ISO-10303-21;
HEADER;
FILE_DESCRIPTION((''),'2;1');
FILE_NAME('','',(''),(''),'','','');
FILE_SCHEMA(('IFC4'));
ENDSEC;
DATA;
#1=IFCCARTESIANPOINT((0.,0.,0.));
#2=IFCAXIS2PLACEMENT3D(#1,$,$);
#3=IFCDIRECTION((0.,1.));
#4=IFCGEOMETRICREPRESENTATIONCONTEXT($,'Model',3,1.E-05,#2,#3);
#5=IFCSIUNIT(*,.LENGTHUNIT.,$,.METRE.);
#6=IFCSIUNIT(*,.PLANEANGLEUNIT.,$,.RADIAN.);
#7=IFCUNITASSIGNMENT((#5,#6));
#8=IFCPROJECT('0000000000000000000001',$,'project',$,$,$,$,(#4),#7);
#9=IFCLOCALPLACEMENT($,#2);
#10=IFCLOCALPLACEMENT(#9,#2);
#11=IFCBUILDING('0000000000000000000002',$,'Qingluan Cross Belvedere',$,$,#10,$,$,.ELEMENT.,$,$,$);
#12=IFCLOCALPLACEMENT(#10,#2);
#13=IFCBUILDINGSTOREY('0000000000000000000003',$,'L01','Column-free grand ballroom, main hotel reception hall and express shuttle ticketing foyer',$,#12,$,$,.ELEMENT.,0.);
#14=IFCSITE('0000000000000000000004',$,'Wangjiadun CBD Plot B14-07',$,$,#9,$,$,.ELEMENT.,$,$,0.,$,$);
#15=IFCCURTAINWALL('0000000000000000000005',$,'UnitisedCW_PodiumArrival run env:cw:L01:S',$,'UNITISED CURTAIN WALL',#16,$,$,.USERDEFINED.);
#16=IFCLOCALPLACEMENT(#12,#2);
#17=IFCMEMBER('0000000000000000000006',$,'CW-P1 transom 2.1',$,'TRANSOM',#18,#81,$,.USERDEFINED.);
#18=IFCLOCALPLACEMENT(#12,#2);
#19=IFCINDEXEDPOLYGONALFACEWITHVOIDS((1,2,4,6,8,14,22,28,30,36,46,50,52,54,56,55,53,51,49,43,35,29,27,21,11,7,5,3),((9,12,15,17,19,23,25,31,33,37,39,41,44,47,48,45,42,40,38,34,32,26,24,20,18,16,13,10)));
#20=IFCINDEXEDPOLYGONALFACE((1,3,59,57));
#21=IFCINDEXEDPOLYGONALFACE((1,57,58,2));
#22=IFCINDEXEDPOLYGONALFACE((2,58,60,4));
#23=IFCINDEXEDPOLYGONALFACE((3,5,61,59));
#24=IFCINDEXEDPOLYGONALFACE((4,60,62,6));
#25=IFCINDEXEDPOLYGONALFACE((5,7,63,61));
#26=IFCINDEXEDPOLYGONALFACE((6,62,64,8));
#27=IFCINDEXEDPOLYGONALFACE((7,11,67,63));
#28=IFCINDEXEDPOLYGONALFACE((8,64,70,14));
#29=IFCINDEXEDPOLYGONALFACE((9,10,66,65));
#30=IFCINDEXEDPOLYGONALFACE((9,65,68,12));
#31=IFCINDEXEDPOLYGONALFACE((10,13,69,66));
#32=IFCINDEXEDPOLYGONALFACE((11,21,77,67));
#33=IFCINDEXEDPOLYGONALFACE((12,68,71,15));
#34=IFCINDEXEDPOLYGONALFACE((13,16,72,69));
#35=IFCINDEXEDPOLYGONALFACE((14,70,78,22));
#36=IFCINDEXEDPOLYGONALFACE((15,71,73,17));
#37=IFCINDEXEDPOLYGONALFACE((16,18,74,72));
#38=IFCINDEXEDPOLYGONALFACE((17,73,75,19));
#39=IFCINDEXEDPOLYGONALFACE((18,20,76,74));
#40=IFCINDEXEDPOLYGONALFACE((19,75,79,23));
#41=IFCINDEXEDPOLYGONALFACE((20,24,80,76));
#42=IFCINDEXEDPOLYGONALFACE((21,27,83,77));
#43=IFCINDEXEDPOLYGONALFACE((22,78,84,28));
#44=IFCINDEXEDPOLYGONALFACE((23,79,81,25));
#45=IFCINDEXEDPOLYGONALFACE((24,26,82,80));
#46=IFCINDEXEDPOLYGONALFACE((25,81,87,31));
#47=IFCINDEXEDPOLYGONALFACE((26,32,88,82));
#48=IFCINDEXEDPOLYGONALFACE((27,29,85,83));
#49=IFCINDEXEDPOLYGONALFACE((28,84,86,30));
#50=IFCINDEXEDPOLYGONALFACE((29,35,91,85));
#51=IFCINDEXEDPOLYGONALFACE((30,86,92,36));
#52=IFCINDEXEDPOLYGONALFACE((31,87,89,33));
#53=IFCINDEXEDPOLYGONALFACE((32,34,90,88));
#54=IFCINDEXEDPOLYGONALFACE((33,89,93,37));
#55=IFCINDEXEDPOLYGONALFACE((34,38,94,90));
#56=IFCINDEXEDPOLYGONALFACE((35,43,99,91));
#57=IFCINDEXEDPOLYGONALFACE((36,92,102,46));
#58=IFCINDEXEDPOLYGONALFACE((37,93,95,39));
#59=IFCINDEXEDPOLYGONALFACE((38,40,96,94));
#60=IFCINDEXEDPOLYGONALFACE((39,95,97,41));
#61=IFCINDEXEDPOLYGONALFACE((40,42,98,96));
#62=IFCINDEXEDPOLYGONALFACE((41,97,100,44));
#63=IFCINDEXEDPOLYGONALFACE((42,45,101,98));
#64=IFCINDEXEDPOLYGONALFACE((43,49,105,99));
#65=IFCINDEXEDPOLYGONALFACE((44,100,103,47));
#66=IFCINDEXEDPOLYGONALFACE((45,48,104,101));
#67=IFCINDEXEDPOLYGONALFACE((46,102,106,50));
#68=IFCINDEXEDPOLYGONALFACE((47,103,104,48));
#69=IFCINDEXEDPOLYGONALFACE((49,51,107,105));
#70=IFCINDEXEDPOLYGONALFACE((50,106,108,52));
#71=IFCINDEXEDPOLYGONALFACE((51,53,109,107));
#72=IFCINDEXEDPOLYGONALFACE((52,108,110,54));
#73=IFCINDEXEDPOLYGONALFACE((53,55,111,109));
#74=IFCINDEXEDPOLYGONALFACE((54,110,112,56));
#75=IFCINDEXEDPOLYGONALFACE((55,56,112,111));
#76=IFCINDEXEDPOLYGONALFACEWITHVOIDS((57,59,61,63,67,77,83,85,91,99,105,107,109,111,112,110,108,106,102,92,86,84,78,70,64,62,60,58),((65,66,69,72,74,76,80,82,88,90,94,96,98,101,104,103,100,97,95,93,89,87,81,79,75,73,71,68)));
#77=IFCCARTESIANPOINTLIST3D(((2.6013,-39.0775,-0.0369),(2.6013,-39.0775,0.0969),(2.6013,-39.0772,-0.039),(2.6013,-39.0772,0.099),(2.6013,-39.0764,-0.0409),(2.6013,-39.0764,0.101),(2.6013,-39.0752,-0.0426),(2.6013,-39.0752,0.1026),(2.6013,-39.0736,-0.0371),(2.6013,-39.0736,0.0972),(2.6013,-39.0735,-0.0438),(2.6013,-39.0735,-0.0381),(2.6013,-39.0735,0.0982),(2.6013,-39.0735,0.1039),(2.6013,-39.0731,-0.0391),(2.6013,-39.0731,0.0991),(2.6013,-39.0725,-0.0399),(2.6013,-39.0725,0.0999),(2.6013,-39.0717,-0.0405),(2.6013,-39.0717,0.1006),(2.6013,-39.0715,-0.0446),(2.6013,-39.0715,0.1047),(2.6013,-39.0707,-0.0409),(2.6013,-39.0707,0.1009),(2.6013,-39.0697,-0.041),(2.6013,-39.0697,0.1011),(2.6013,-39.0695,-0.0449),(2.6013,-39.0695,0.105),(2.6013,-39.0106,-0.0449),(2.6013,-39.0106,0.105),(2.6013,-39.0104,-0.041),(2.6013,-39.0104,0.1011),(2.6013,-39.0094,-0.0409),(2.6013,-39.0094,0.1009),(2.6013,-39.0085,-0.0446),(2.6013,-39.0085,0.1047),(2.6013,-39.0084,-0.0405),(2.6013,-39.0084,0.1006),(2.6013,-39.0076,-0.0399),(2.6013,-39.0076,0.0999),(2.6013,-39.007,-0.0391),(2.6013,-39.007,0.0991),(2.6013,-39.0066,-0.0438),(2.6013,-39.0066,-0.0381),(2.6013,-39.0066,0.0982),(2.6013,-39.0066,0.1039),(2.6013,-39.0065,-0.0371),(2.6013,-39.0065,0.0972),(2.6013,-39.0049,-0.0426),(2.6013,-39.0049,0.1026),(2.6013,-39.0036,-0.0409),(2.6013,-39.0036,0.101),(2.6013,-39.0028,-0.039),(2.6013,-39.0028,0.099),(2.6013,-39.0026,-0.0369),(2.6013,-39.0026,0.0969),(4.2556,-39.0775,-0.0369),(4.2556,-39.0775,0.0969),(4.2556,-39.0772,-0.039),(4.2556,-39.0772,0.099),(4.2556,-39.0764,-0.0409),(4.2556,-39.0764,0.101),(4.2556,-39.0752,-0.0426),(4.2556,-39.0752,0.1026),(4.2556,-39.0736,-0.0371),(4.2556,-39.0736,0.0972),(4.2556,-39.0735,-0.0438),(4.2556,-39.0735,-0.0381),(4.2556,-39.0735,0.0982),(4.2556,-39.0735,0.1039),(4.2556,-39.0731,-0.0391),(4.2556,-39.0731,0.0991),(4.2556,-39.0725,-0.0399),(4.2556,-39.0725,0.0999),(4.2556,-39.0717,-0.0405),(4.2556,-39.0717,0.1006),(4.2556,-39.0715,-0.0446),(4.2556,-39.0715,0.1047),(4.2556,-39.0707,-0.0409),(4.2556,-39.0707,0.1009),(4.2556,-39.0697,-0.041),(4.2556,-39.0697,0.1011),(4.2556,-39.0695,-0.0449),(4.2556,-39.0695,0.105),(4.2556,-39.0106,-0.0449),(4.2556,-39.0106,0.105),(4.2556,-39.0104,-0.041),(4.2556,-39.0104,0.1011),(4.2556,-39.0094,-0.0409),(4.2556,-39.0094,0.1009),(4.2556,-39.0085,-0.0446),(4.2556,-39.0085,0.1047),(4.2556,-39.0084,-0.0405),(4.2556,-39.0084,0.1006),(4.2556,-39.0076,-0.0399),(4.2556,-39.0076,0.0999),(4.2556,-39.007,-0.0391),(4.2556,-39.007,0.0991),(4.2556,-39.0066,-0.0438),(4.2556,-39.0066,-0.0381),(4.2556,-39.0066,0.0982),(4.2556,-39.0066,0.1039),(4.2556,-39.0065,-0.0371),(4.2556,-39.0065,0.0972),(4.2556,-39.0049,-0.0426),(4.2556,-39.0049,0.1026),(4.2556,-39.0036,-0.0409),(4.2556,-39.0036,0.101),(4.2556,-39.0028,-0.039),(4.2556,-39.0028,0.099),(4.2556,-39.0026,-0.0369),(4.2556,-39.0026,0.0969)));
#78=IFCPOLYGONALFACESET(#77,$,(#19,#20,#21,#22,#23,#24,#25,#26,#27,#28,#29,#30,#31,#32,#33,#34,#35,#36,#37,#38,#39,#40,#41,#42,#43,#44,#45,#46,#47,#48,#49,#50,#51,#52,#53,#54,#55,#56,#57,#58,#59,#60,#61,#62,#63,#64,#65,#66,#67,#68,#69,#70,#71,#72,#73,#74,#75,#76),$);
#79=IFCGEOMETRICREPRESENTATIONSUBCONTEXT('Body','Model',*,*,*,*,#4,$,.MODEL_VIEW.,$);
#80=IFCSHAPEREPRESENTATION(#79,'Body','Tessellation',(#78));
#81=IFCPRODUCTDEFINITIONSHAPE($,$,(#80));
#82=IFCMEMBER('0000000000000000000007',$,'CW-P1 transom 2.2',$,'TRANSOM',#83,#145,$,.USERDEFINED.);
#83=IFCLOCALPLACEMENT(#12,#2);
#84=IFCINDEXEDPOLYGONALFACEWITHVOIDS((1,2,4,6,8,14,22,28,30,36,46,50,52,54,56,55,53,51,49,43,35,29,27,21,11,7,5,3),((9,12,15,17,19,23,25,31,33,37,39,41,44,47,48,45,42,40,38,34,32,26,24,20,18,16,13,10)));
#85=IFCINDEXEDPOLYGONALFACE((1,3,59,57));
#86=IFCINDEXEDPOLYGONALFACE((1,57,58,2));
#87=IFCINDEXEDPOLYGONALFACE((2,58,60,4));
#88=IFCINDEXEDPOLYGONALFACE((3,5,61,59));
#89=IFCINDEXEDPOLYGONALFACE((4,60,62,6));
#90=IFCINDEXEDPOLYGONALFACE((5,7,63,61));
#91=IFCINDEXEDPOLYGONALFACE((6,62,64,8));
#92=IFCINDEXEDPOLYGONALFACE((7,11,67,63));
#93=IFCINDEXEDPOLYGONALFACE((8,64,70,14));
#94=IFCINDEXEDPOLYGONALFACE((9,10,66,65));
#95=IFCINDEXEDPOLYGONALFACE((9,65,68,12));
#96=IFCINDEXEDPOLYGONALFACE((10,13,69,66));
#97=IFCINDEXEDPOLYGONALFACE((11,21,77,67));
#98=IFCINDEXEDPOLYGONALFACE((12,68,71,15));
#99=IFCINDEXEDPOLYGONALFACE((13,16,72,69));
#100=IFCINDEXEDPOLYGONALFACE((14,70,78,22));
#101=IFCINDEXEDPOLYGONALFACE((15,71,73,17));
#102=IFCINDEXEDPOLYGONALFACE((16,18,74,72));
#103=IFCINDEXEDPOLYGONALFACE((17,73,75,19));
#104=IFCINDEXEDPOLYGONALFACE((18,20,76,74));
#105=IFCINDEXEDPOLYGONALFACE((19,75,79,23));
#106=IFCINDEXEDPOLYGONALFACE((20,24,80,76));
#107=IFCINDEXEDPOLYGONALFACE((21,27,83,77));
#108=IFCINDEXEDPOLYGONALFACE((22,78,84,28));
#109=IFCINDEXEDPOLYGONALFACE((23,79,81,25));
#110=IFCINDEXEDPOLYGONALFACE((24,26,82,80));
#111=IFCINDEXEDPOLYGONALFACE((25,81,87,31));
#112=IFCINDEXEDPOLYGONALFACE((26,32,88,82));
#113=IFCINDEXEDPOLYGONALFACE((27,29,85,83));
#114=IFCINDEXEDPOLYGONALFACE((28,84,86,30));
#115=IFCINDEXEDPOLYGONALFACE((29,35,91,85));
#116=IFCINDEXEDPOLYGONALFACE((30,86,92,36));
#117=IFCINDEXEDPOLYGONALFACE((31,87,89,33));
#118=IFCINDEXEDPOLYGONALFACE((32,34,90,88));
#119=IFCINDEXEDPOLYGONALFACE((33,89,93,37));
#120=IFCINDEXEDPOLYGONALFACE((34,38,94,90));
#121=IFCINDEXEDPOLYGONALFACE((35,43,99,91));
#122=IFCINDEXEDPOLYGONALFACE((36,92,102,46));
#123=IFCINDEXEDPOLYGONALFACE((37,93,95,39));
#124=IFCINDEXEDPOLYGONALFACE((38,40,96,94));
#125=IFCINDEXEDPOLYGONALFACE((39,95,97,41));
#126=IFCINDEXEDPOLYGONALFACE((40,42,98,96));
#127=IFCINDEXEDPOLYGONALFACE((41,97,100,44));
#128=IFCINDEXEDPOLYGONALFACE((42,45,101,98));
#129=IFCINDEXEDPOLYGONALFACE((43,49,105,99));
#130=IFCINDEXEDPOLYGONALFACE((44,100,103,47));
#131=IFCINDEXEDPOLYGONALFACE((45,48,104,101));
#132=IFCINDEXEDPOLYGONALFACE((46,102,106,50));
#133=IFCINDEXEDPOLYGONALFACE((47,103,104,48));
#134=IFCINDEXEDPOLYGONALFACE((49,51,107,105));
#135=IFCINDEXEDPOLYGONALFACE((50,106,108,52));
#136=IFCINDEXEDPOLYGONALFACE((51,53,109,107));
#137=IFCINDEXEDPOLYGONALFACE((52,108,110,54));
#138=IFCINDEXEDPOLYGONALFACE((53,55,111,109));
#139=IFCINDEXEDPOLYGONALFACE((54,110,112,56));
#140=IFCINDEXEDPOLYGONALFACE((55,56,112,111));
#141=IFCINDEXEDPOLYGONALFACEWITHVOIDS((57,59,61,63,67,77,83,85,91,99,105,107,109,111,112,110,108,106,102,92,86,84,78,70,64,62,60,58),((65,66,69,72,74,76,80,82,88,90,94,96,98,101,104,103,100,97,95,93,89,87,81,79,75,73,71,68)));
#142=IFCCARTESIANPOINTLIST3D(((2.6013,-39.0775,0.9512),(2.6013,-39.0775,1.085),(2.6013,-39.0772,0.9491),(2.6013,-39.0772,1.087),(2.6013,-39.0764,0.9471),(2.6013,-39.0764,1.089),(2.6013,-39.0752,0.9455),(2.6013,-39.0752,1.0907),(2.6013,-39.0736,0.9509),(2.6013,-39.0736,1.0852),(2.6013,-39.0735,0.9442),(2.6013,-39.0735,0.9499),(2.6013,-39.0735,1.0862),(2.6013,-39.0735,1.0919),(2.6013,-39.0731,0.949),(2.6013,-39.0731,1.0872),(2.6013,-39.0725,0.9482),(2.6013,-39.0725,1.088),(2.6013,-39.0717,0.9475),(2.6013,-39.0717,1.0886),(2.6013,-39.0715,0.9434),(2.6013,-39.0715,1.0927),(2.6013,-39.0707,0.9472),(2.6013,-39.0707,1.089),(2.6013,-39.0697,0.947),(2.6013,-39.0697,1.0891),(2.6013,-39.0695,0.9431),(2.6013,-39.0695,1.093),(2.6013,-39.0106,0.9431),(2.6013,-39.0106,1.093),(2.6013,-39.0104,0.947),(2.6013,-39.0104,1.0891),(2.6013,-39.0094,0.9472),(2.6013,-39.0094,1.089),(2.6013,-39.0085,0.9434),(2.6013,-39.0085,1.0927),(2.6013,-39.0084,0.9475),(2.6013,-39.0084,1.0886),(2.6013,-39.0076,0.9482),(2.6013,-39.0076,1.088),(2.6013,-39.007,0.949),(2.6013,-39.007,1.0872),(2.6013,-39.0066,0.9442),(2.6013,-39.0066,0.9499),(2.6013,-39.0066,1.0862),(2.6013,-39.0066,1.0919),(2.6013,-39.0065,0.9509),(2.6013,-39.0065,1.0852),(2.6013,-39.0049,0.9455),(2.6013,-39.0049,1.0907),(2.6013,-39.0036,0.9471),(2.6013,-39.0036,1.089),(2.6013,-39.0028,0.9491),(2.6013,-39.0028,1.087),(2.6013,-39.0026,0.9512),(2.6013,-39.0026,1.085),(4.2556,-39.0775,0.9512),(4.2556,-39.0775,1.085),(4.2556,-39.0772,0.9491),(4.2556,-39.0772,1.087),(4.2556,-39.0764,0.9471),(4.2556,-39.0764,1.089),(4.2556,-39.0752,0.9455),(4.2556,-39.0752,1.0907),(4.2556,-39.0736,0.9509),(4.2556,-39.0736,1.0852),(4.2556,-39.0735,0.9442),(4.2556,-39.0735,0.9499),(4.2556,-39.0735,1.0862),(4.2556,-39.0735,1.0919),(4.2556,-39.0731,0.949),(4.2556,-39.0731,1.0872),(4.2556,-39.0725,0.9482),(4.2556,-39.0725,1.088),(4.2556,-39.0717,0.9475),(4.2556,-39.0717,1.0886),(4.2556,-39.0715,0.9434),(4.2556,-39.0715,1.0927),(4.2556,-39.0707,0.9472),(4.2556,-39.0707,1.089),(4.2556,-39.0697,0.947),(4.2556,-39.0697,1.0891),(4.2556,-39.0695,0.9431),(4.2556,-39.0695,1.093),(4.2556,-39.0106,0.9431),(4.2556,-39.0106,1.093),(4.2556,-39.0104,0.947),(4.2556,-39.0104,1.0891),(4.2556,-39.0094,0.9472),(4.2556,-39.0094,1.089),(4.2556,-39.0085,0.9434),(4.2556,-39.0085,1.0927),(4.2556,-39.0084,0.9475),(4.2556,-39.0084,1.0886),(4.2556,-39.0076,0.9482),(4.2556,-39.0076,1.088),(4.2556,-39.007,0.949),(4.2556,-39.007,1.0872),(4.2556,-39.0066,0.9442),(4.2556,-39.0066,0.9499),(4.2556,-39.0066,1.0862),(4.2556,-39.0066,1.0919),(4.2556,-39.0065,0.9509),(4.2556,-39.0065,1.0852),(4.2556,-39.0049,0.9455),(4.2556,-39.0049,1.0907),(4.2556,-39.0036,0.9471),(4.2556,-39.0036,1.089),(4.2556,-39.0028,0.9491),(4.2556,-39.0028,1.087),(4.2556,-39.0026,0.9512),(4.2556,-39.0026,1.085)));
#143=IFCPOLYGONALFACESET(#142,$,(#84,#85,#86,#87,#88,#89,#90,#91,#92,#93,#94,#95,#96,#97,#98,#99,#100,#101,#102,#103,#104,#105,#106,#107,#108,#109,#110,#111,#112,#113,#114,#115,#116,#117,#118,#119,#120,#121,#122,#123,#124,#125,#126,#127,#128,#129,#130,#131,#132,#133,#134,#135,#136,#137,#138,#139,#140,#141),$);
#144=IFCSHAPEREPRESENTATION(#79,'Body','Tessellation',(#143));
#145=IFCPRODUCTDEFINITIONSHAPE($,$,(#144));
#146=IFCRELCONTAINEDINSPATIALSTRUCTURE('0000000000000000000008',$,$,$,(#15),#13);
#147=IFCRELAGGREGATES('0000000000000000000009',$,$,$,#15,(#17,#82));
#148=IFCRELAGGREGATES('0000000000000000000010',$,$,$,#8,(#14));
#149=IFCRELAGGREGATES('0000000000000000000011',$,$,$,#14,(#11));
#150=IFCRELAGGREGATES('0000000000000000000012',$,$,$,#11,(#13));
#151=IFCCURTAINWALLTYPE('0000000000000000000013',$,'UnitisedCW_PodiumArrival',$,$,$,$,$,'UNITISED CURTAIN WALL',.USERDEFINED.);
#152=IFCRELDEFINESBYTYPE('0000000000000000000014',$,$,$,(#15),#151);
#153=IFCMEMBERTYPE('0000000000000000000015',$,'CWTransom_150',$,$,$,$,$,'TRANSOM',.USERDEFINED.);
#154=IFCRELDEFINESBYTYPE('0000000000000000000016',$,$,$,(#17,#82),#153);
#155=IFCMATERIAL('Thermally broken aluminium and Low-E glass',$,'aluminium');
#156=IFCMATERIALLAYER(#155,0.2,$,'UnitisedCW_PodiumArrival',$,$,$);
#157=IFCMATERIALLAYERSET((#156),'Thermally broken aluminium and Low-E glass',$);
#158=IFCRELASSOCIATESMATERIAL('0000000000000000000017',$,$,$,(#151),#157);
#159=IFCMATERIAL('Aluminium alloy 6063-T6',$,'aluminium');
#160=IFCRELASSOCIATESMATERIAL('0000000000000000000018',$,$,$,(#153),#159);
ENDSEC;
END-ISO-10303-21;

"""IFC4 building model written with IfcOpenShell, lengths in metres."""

from ifc_helpers import new_model, si_unit, direction, frame, origin, origin_2d, place, context, subcontext, project, spatial, hollow_rectangle, extrude, material, layer, layer_set, material_profile, profile_set, type_object, element, aggregate, save


model = new_model("IFC4")

# Units and contexts
model_context = context("Model", 3, precision=1e-05, world=origin(), true_north=direction((0.0, 1.0)))
body_context = subcontext(model_context, "Body", "Model", "MODEL_VIEW")
ifc_project = project(units=[si_unit("LENGTHUNIT", "METRE"), si_unit("PLANEANGLEUNIT", "RADIAN")], contexts=[model_context])

# Site, building, storey
site_placement = place(None, origin())
site = spatial("IfcSite", under=ifc_project, at=site_placement, Name="Wangjiadun CBD Plot B14-07", CompositionType="ELEMENT", RefElevation=0.0)
building_placement = place(site_placement, origin())
building = spatial("IfcBuilding", under=site, at=building_placement, Name="Qingluan Cross Belvedere", CompositionType="ELEMENT")
storey_placement = place(building_placement, origin())
storey = spatial("IfcBuildingStorey", under=building, at=storey_placement, Name="L01", Description="Column-free grand ballroom, main hotel reception hall and express shuttle ticketing foyer", CompositionType="ELEMENT", Elevation=0.0)

# Curtain wall, members
ifc_material_1 = material(Name="Thermally broken aluminium and Low-E glass", Category="aluminium")
ifc_layer_1 = layer(ifc_material_1, 0.2, Name="UnitisedCW_PodiumArrival")
ifc_layer_set_1 = layer_set([ifc_layer_1], Name="Thermally broken aluminium and Low-E glass")
curtain_wall_type = type_object("IfcCurtainWallType", Name="UnitisedCW_PodiumArrival", ElementType="UNITISED CURTAIN WALL", PredefinedType="USERDEFINED", material=ifc_layer_set_1)
curtain_wall_placement = place(storey_placement, origin())
curtain_wall = element("IfcCurtainWall", 1, at=curtain_wall_placement, inside=storey, type_object=curtain_wall_type, Name="UnitisedCW_PodiumArrival run env:cw:L01:S", ObjectType="UNITISED CURTAIN WALL", PredefinedType="USERDEFINED")
ifc_material_2 = material(Name="Aluminium alloy 6063-T6", Category="aluminium")
ifc_material_profile_1 = material_profile(ifc_material_2, hollow_rectangle(XDim=0.075, YDim=0.1499, WallThickness=0.0039, InnerFilletRadius=0.0039, OuterFilletRadius=0.0081, at=origin_2d()), Name="CWT150x75x4")
ifc_profile_set_1 = profile_set([ifc_material_profile_1], Name="Aluminium alloy 6063-T6")
member_type_1 = type_object("IfcMemberType", Name="CWTransom_150", ElementType="TRANSOM", PredefinedType="USERDEFINED", material=ifc_profile_set_1)
member_1_placement = place(storey_placement, frame((4.2556, -39.04, 0.03), z_axis=(-1.0, 0.0, 0.0), x_axis=(0.0, -1.0, 0.0)))
member_1 = element("IfcMember", 2, at=member_1_placement, type_object=member_type_1, Name="CW-P1 transom 2.1", ObjectType="TRANSOM", PredefinedType="USERDEFINED", context=body_context, shape_type="SweptSolid", body=[
    extrude(hollow_rectangle(XDim=0.075, YDim=0.1499, WallThickness=0.0039, InnerFilletRadius=0.0039, OuterFilletRadius=0.0081, at=origin_2d()), origin(), (0.0, 0.0, 1.0), 1.6543),
])
member_2_placement = place(storey_placement, frame((4.2556, -39.04, 1.0181), z_axis=(-1.0, 0.0, 0.0), x_axis=(0.0, -1.0, 0.0)))
member_2 = element("IfcMember", 3, at=member_2_placement, type_object=member_type_1, Name="CW-P1 transom 2.2", ObjectType="TRANSOM", PredefinedType="USERDEFINED", context=body_context, shape_type="SweptSolid", body=[
    extrude(hollow_rectangle(XDim=0.075, YDim=0.1499, WallThickness=0.0039, InnerFilletRadius=0.0039, OuterFilletRadius=0.0081, at=origin_2d()), origin(), (0.0, 0.0, 1.0), 1.6543),
])
aggregate(curtain_wall, [member_1, member_2])

save(model, "model.ifc")
